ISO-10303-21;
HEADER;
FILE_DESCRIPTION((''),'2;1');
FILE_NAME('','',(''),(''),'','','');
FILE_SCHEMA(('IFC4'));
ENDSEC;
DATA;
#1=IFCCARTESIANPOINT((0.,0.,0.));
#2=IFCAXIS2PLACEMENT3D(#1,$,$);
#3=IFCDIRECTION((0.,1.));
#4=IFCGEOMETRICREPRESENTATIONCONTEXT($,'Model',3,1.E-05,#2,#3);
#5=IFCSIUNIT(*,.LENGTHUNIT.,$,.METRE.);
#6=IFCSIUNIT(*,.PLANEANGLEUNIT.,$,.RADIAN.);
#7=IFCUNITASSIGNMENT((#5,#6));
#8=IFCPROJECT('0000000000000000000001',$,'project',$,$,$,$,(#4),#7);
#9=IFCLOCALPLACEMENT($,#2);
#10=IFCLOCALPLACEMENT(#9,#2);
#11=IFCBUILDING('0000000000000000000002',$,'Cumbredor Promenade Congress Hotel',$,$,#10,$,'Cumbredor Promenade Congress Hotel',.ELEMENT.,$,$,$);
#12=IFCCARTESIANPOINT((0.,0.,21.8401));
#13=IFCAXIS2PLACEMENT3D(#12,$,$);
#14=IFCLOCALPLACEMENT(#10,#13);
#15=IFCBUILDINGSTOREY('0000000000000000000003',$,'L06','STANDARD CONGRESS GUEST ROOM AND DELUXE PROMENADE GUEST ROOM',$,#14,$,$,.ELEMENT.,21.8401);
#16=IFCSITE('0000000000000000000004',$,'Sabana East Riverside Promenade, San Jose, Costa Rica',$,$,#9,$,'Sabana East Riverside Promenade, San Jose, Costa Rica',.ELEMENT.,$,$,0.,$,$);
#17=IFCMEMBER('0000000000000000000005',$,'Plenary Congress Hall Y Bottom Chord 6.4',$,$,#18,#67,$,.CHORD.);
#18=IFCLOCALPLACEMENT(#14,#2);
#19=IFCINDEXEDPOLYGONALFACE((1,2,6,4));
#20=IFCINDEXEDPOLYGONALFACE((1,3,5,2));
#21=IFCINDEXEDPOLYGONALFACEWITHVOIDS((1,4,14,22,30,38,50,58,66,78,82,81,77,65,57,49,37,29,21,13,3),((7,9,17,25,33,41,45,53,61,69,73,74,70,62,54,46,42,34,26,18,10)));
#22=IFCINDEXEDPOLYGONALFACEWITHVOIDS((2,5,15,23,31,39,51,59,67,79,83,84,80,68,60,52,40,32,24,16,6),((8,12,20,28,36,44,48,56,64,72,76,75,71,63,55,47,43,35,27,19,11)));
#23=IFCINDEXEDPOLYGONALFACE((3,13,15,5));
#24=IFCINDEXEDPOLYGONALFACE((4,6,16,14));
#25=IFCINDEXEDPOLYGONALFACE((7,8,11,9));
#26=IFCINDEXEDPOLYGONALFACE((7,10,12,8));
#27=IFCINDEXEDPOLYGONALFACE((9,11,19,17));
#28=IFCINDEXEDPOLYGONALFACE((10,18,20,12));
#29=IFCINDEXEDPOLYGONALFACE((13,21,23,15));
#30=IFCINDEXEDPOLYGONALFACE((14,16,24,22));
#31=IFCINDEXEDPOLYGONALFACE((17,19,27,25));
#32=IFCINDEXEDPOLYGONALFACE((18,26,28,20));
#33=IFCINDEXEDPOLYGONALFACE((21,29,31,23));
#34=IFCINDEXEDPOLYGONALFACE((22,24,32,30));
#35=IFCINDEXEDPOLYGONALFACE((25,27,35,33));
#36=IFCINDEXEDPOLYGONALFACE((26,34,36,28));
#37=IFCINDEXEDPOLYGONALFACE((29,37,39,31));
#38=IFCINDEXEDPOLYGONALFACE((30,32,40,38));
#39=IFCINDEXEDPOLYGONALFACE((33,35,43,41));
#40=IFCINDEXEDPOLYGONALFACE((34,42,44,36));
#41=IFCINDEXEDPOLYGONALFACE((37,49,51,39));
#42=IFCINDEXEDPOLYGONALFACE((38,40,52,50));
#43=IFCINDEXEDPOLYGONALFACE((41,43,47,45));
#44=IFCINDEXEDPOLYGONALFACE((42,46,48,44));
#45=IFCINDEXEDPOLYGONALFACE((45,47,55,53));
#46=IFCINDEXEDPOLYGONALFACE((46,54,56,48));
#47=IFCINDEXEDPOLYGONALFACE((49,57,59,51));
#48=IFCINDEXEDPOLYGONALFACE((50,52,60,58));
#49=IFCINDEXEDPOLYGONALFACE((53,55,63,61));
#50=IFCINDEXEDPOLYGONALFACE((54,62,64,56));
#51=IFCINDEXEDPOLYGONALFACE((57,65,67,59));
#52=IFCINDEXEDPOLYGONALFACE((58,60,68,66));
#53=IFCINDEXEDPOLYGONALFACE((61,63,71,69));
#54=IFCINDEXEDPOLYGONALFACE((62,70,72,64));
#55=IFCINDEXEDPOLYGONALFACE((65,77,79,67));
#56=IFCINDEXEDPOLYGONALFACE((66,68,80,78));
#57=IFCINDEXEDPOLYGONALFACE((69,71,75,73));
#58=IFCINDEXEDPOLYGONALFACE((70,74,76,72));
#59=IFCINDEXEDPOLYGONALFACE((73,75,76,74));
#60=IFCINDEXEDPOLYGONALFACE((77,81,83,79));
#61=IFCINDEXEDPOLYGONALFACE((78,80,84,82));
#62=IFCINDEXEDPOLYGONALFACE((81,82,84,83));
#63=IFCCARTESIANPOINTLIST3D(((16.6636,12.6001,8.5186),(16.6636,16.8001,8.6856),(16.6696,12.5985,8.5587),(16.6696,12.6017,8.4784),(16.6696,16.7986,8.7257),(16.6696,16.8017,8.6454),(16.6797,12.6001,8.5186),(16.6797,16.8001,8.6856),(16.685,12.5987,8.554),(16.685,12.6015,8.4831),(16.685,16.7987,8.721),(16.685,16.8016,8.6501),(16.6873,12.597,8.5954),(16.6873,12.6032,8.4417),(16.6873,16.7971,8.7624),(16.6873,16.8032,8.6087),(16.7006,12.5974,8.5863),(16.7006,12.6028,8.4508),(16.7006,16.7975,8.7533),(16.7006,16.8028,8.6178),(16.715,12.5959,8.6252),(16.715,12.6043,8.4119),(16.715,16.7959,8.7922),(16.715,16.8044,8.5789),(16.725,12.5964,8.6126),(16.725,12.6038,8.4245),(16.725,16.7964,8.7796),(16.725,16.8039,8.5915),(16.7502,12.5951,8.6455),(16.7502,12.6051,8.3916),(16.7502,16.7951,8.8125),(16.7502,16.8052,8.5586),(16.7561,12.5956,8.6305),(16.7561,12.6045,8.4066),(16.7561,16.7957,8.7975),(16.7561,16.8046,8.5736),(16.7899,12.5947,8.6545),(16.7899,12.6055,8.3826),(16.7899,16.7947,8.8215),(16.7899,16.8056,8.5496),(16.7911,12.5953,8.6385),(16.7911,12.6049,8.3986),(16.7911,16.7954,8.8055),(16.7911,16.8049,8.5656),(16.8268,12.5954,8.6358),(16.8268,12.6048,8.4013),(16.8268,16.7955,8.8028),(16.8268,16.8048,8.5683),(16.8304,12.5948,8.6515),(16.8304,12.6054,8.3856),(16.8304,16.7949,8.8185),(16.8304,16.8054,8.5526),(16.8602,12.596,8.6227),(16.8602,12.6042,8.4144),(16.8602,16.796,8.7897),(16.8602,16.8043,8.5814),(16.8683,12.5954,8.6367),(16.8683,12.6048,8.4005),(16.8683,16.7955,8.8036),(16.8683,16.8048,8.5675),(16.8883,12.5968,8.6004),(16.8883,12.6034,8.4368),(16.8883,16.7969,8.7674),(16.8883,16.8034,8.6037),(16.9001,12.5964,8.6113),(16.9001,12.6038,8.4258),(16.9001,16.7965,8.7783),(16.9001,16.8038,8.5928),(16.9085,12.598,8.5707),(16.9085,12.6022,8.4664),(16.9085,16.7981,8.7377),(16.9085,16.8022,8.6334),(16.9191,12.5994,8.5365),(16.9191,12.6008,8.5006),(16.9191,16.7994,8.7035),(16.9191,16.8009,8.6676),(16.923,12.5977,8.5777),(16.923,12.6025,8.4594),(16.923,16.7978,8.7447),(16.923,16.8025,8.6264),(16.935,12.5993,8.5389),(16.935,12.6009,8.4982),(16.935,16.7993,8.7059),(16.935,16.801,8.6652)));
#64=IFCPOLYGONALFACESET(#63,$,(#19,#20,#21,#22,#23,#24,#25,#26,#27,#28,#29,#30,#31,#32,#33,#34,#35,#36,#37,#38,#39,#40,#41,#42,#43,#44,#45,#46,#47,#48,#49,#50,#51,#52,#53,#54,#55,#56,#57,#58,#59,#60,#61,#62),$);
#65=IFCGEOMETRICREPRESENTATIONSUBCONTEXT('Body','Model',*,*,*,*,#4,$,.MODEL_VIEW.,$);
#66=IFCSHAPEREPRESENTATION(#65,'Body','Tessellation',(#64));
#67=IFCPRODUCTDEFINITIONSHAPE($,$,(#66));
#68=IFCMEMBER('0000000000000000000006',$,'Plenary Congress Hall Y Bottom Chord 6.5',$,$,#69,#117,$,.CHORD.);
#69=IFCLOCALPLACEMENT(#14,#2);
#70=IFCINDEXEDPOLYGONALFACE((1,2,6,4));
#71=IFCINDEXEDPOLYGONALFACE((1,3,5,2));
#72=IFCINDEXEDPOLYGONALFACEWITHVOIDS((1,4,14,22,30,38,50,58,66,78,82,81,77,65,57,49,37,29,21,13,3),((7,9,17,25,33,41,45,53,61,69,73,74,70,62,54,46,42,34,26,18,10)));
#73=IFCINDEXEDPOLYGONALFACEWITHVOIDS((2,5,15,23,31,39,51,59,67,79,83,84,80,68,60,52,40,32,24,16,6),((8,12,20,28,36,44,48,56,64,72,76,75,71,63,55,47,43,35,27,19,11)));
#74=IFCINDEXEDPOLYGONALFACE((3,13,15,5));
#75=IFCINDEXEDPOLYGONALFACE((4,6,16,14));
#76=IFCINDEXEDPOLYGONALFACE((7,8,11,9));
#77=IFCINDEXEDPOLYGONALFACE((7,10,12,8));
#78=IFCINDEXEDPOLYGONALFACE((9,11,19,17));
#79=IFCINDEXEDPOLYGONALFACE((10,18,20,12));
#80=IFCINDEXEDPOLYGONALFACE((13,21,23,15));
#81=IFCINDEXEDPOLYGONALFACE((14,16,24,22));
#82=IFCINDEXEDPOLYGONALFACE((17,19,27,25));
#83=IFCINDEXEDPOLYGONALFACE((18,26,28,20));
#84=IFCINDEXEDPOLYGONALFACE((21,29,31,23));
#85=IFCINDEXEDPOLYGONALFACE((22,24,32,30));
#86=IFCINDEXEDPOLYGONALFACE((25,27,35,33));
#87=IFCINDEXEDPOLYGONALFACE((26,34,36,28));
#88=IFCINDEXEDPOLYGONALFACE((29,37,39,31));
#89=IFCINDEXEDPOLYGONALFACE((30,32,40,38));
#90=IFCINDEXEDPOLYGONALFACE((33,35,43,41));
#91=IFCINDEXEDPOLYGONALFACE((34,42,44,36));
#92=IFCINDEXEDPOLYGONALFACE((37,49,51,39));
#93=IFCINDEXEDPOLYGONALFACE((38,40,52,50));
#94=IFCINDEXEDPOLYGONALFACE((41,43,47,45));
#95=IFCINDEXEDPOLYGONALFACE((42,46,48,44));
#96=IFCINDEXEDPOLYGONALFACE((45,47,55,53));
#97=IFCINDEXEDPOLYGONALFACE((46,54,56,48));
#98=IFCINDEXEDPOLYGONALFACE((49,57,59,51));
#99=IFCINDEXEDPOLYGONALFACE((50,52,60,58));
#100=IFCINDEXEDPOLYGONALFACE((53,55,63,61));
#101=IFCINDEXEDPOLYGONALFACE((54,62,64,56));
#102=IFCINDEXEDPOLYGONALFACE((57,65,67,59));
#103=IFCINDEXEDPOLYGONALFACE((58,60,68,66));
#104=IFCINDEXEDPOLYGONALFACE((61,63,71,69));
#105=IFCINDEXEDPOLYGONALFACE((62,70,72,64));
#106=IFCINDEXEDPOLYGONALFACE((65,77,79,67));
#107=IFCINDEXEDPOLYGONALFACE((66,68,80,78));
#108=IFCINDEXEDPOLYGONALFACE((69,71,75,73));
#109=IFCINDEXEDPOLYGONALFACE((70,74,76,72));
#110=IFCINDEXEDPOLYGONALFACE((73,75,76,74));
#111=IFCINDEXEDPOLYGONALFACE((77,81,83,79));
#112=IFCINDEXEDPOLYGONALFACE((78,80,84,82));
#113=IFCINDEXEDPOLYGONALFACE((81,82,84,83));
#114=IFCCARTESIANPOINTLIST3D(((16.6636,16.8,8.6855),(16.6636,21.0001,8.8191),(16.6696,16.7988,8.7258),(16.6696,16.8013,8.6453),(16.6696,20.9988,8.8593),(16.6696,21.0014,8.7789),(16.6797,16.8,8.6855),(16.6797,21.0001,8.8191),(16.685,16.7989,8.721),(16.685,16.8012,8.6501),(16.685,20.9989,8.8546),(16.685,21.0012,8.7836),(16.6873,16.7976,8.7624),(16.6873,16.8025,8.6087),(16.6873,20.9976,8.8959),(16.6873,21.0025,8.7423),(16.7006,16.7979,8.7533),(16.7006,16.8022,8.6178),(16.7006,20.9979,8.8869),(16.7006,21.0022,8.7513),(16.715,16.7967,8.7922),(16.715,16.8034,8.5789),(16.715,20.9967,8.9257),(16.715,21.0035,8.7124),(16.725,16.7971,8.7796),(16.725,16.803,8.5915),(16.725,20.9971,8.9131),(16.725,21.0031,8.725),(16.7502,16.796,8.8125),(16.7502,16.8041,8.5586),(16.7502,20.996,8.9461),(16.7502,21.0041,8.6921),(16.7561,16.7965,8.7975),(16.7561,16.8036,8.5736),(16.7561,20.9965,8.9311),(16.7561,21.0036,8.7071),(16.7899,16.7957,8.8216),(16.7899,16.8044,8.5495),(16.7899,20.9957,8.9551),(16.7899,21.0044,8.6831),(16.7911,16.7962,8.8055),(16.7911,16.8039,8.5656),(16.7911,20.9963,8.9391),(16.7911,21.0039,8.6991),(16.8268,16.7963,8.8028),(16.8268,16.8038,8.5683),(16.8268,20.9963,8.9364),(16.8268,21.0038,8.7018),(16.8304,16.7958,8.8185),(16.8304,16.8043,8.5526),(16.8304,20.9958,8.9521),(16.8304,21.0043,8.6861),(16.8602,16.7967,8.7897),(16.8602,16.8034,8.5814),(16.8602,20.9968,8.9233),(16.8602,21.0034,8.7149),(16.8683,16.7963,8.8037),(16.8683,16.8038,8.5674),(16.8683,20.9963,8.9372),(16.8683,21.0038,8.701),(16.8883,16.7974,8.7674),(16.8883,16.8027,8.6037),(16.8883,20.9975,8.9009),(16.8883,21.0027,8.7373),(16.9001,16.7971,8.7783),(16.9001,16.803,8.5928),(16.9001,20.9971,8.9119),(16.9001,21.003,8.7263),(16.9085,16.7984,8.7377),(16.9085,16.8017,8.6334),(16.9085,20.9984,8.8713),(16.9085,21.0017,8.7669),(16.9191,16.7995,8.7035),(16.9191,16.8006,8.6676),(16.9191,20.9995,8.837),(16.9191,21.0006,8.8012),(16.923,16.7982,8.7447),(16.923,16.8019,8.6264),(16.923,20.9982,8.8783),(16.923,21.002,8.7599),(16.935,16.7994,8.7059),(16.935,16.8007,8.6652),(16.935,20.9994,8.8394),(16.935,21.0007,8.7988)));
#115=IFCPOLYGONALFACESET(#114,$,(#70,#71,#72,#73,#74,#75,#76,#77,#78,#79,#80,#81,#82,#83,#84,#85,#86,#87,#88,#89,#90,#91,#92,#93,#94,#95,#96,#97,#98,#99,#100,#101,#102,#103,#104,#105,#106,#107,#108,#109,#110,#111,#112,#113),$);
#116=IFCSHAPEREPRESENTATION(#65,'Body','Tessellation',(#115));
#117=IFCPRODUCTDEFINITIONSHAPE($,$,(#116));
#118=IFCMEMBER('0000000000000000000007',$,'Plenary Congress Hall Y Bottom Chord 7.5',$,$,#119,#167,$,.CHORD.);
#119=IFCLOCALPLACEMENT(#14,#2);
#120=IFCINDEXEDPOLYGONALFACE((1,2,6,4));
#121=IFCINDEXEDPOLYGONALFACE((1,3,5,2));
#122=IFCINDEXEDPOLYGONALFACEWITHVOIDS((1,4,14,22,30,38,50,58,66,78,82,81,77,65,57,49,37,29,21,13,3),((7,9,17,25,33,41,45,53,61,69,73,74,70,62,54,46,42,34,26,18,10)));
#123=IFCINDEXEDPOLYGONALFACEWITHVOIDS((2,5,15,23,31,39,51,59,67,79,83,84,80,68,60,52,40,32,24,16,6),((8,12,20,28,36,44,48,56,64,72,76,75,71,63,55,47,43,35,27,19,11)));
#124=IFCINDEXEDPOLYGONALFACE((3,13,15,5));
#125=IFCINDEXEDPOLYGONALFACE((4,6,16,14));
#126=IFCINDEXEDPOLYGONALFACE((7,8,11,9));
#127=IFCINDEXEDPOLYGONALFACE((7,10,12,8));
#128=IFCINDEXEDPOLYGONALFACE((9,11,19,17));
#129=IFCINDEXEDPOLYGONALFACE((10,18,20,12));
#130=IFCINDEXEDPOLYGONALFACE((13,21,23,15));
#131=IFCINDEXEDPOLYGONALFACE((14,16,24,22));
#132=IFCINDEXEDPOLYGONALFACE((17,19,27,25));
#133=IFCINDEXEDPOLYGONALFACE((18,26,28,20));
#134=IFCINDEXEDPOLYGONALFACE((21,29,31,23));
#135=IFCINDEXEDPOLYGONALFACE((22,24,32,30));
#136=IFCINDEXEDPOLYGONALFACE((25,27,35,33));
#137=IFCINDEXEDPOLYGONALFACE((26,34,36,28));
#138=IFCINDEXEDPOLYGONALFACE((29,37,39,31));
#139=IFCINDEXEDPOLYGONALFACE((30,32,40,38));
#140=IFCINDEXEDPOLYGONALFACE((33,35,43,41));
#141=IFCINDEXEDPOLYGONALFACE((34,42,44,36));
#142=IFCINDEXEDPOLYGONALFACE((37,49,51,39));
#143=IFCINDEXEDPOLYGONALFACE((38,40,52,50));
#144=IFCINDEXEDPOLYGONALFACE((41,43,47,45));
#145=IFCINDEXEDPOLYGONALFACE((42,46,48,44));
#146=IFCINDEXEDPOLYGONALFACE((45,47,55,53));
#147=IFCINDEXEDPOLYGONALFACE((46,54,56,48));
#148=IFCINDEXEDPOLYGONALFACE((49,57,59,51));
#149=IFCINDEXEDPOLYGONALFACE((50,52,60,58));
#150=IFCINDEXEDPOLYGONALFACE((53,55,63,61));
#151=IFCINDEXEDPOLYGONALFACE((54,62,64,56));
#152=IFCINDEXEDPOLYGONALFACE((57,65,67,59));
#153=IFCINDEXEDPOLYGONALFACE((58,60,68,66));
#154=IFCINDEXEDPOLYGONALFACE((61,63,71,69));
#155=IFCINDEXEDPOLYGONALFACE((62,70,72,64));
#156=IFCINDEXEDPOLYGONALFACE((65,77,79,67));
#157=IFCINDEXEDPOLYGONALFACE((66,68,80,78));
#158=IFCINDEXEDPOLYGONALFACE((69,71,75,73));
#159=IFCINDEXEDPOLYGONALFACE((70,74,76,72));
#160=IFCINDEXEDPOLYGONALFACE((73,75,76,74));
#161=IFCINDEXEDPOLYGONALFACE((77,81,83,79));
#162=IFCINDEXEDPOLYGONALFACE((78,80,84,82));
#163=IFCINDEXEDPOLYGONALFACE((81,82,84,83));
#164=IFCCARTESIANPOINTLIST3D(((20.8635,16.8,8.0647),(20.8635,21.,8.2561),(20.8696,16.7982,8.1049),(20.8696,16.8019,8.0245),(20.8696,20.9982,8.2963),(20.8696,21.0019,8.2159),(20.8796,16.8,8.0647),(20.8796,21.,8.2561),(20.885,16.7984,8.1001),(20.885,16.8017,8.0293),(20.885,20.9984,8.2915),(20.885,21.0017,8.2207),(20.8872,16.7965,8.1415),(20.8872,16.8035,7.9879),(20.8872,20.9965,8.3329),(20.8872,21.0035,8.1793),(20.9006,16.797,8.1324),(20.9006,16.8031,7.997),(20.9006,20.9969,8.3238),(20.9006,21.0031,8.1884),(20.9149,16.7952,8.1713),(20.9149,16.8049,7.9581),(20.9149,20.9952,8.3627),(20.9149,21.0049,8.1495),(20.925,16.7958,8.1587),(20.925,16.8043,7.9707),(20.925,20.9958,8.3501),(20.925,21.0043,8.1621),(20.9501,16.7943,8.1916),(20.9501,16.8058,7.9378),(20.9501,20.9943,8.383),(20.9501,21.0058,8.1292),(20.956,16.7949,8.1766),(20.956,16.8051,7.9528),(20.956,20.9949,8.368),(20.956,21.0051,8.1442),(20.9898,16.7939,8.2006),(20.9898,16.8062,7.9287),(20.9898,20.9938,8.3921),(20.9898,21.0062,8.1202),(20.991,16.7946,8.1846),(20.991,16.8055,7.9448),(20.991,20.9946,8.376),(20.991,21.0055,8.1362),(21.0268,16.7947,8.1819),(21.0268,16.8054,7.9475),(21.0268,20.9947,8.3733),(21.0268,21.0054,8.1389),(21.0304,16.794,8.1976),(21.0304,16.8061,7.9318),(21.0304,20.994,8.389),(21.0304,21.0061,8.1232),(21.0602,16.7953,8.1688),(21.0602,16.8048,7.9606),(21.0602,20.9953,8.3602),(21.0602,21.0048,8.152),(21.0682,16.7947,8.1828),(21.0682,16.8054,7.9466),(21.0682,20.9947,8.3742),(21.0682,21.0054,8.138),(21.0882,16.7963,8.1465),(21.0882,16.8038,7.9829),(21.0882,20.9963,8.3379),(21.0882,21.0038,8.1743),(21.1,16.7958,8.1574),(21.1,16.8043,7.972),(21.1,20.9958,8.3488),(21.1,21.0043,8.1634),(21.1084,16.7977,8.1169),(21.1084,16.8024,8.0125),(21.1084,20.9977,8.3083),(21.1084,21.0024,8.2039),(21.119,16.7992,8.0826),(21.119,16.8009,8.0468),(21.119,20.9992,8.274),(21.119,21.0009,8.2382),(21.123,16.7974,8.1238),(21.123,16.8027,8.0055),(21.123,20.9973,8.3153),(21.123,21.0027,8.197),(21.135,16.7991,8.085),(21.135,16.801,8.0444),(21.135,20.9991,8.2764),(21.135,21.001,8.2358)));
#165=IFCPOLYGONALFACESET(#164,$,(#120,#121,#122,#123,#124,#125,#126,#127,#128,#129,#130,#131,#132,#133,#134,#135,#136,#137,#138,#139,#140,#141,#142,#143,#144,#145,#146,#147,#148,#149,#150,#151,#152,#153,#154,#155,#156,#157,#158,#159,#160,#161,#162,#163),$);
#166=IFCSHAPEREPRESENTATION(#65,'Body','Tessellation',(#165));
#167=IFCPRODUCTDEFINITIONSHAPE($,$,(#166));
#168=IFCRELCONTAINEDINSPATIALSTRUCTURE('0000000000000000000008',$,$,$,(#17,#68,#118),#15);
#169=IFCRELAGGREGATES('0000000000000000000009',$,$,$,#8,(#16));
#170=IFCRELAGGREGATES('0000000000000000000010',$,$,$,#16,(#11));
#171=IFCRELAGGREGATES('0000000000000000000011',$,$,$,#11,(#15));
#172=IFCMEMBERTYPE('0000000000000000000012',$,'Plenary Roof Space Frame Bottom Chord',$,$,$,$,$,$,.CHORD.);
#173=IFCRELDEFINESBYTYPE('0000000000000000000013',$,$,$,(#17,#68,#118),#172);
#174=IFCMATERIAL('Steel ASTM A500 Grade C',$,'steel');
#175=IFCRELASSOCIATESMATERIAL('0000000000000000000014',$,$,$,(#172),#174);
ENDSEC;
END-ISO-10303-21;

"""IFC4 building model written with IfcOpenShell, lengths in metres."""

from ifc_helpers import new_model, si_unit, direction, frame, origin, origin_2d, place, context, subcontext, project, spatial, hollow_circle, extrude, material, material_profile, profile_set, type_object, element, save


model = new_model("IFC4")

# Units and contexts
model_context = context("Model", 3, precision=1e-05, world=origin(), true_north=direction((0.0, 1.0)))
body_context = subcontext(model_context, "Body", "Model", "MODEL_VIEW")
ifc_project = project(units=[si_unit("LENGTHUNIT", "METRE"), si_unit("PLANEANGLEUNIT", "RADIAN")], contexts=[model_context])

# Site, building, storey
site_placement = place(None, origin())
site = spatial("IfcSite", under=ifc_project, at=site_placement, Name="Sabana East Riverside Promenade, San Jose, Costa Rica", LongName="Sabana East Riverside Promenade, San Jose, Costa Rica", CompositionType="ELEMENT", RefElevation=0.0)
building_placement = place(site_placement, origin())
building = spatial("IfcBuilding", under=site, at=building_placement, Name="Cumbredor Promenade Congress Hotel", LongName="Cumbredor Promenade Congress Hotel", CompositionType="ELEMENT")
storey_placement = place(building_placement, frame((0.0, 0.0, 21.8401)))
storey = spatial("IfcBuildingStorey", under=building, at=storey_placement, Name="L06", Description="STANDARD CONGRESS GUEST ROOM AND DELUXE PROMENADE GUEST ROOM", CompositionType="ELEMENT", Elevation=21.8401)

# Members
ifc_material_1 = material(Name="Steel ASTM A500 Grade C", Category="steel")
ifc_material_profile_1 = material_profile(ifc_material_1, hollow_circle(Radius=0.1365, WallThickness=0.0161, at=origin_2d()), Name="CHS 273.0x16")
ifc_profile_set_1 = profile_set([ifc_material_profile_1], Name="Steel ASTM A500 Grade C")
member_type_1 = type_object("IfcMemberType", Name="Plenary Roof Space Frame Bottom Chord", PredefinedType="CHORD", material=ifc_profile_set_1)
member_1_placement = place(storey_placement, frame((16.8, 12.6001, 8.5186), z_axis=(0.0, 0.99921, 0.039729), x_axis=(-1.0, 0.0, 0.0)))
element("IfcMember", 1, at=member_1_placement, inside=storey, type_object=member_type_1, Name="Plenary Congress Hall Y Bottom Chord 6.4", PredefinedType="CHORD", context=body_context, shape_type="SweptSolid", body=[
    extrude(hollow_circle(Radius=0.1365, WallThickness=0.0161, at=origin_2d()), origin(), (0.0, 0.0, 1.0), 4.2034),
])
member_2_placement = place(storey_placement, frame((16.8, 16.8, 8.6855), z_axis=(0.0, 0.999495, 0.031781), x_axis=(-1.0, 0.0, 0.0)))
element("IfcMember", 2, at=member_2_placement, inside=storey, type_object=member_type_1, Name="Plenary Congress Hall Y Bottom Chord 6.5", PredefinedType="CHORD", context=body_context, shape_type="SweptSolid", body=[
    extrude(hollow_circle(Radius=0.1365, WallThickness=0.0161, at=origin_2d()), origin(), (0.0, 0.0, 1.0), 4.2021),
])
member_3_placement = place(storey_placement, frame((21.0, 16.8, 8.0647), z_axis=(0.0, 0.998963, 0.045526), x_axis=(-1.0, 0.0, 0.0)))
element("IfcMember", 3, at=member_3_placement, inside=storey, type_object=member_type_1, Name="Plenary Congress Hall Y Bottom Chord 7.5", PredefinedType="CHORD", context=body_context, shape_type="SweptSolid", body=[
    extrude(hollow_circle(Radius=0.1365, WallThickness=0.0161, at=origin_2d()), origin(), (0.0, 0.0, 1.0), 4.2043),
])

save(model, "model.ifc")
